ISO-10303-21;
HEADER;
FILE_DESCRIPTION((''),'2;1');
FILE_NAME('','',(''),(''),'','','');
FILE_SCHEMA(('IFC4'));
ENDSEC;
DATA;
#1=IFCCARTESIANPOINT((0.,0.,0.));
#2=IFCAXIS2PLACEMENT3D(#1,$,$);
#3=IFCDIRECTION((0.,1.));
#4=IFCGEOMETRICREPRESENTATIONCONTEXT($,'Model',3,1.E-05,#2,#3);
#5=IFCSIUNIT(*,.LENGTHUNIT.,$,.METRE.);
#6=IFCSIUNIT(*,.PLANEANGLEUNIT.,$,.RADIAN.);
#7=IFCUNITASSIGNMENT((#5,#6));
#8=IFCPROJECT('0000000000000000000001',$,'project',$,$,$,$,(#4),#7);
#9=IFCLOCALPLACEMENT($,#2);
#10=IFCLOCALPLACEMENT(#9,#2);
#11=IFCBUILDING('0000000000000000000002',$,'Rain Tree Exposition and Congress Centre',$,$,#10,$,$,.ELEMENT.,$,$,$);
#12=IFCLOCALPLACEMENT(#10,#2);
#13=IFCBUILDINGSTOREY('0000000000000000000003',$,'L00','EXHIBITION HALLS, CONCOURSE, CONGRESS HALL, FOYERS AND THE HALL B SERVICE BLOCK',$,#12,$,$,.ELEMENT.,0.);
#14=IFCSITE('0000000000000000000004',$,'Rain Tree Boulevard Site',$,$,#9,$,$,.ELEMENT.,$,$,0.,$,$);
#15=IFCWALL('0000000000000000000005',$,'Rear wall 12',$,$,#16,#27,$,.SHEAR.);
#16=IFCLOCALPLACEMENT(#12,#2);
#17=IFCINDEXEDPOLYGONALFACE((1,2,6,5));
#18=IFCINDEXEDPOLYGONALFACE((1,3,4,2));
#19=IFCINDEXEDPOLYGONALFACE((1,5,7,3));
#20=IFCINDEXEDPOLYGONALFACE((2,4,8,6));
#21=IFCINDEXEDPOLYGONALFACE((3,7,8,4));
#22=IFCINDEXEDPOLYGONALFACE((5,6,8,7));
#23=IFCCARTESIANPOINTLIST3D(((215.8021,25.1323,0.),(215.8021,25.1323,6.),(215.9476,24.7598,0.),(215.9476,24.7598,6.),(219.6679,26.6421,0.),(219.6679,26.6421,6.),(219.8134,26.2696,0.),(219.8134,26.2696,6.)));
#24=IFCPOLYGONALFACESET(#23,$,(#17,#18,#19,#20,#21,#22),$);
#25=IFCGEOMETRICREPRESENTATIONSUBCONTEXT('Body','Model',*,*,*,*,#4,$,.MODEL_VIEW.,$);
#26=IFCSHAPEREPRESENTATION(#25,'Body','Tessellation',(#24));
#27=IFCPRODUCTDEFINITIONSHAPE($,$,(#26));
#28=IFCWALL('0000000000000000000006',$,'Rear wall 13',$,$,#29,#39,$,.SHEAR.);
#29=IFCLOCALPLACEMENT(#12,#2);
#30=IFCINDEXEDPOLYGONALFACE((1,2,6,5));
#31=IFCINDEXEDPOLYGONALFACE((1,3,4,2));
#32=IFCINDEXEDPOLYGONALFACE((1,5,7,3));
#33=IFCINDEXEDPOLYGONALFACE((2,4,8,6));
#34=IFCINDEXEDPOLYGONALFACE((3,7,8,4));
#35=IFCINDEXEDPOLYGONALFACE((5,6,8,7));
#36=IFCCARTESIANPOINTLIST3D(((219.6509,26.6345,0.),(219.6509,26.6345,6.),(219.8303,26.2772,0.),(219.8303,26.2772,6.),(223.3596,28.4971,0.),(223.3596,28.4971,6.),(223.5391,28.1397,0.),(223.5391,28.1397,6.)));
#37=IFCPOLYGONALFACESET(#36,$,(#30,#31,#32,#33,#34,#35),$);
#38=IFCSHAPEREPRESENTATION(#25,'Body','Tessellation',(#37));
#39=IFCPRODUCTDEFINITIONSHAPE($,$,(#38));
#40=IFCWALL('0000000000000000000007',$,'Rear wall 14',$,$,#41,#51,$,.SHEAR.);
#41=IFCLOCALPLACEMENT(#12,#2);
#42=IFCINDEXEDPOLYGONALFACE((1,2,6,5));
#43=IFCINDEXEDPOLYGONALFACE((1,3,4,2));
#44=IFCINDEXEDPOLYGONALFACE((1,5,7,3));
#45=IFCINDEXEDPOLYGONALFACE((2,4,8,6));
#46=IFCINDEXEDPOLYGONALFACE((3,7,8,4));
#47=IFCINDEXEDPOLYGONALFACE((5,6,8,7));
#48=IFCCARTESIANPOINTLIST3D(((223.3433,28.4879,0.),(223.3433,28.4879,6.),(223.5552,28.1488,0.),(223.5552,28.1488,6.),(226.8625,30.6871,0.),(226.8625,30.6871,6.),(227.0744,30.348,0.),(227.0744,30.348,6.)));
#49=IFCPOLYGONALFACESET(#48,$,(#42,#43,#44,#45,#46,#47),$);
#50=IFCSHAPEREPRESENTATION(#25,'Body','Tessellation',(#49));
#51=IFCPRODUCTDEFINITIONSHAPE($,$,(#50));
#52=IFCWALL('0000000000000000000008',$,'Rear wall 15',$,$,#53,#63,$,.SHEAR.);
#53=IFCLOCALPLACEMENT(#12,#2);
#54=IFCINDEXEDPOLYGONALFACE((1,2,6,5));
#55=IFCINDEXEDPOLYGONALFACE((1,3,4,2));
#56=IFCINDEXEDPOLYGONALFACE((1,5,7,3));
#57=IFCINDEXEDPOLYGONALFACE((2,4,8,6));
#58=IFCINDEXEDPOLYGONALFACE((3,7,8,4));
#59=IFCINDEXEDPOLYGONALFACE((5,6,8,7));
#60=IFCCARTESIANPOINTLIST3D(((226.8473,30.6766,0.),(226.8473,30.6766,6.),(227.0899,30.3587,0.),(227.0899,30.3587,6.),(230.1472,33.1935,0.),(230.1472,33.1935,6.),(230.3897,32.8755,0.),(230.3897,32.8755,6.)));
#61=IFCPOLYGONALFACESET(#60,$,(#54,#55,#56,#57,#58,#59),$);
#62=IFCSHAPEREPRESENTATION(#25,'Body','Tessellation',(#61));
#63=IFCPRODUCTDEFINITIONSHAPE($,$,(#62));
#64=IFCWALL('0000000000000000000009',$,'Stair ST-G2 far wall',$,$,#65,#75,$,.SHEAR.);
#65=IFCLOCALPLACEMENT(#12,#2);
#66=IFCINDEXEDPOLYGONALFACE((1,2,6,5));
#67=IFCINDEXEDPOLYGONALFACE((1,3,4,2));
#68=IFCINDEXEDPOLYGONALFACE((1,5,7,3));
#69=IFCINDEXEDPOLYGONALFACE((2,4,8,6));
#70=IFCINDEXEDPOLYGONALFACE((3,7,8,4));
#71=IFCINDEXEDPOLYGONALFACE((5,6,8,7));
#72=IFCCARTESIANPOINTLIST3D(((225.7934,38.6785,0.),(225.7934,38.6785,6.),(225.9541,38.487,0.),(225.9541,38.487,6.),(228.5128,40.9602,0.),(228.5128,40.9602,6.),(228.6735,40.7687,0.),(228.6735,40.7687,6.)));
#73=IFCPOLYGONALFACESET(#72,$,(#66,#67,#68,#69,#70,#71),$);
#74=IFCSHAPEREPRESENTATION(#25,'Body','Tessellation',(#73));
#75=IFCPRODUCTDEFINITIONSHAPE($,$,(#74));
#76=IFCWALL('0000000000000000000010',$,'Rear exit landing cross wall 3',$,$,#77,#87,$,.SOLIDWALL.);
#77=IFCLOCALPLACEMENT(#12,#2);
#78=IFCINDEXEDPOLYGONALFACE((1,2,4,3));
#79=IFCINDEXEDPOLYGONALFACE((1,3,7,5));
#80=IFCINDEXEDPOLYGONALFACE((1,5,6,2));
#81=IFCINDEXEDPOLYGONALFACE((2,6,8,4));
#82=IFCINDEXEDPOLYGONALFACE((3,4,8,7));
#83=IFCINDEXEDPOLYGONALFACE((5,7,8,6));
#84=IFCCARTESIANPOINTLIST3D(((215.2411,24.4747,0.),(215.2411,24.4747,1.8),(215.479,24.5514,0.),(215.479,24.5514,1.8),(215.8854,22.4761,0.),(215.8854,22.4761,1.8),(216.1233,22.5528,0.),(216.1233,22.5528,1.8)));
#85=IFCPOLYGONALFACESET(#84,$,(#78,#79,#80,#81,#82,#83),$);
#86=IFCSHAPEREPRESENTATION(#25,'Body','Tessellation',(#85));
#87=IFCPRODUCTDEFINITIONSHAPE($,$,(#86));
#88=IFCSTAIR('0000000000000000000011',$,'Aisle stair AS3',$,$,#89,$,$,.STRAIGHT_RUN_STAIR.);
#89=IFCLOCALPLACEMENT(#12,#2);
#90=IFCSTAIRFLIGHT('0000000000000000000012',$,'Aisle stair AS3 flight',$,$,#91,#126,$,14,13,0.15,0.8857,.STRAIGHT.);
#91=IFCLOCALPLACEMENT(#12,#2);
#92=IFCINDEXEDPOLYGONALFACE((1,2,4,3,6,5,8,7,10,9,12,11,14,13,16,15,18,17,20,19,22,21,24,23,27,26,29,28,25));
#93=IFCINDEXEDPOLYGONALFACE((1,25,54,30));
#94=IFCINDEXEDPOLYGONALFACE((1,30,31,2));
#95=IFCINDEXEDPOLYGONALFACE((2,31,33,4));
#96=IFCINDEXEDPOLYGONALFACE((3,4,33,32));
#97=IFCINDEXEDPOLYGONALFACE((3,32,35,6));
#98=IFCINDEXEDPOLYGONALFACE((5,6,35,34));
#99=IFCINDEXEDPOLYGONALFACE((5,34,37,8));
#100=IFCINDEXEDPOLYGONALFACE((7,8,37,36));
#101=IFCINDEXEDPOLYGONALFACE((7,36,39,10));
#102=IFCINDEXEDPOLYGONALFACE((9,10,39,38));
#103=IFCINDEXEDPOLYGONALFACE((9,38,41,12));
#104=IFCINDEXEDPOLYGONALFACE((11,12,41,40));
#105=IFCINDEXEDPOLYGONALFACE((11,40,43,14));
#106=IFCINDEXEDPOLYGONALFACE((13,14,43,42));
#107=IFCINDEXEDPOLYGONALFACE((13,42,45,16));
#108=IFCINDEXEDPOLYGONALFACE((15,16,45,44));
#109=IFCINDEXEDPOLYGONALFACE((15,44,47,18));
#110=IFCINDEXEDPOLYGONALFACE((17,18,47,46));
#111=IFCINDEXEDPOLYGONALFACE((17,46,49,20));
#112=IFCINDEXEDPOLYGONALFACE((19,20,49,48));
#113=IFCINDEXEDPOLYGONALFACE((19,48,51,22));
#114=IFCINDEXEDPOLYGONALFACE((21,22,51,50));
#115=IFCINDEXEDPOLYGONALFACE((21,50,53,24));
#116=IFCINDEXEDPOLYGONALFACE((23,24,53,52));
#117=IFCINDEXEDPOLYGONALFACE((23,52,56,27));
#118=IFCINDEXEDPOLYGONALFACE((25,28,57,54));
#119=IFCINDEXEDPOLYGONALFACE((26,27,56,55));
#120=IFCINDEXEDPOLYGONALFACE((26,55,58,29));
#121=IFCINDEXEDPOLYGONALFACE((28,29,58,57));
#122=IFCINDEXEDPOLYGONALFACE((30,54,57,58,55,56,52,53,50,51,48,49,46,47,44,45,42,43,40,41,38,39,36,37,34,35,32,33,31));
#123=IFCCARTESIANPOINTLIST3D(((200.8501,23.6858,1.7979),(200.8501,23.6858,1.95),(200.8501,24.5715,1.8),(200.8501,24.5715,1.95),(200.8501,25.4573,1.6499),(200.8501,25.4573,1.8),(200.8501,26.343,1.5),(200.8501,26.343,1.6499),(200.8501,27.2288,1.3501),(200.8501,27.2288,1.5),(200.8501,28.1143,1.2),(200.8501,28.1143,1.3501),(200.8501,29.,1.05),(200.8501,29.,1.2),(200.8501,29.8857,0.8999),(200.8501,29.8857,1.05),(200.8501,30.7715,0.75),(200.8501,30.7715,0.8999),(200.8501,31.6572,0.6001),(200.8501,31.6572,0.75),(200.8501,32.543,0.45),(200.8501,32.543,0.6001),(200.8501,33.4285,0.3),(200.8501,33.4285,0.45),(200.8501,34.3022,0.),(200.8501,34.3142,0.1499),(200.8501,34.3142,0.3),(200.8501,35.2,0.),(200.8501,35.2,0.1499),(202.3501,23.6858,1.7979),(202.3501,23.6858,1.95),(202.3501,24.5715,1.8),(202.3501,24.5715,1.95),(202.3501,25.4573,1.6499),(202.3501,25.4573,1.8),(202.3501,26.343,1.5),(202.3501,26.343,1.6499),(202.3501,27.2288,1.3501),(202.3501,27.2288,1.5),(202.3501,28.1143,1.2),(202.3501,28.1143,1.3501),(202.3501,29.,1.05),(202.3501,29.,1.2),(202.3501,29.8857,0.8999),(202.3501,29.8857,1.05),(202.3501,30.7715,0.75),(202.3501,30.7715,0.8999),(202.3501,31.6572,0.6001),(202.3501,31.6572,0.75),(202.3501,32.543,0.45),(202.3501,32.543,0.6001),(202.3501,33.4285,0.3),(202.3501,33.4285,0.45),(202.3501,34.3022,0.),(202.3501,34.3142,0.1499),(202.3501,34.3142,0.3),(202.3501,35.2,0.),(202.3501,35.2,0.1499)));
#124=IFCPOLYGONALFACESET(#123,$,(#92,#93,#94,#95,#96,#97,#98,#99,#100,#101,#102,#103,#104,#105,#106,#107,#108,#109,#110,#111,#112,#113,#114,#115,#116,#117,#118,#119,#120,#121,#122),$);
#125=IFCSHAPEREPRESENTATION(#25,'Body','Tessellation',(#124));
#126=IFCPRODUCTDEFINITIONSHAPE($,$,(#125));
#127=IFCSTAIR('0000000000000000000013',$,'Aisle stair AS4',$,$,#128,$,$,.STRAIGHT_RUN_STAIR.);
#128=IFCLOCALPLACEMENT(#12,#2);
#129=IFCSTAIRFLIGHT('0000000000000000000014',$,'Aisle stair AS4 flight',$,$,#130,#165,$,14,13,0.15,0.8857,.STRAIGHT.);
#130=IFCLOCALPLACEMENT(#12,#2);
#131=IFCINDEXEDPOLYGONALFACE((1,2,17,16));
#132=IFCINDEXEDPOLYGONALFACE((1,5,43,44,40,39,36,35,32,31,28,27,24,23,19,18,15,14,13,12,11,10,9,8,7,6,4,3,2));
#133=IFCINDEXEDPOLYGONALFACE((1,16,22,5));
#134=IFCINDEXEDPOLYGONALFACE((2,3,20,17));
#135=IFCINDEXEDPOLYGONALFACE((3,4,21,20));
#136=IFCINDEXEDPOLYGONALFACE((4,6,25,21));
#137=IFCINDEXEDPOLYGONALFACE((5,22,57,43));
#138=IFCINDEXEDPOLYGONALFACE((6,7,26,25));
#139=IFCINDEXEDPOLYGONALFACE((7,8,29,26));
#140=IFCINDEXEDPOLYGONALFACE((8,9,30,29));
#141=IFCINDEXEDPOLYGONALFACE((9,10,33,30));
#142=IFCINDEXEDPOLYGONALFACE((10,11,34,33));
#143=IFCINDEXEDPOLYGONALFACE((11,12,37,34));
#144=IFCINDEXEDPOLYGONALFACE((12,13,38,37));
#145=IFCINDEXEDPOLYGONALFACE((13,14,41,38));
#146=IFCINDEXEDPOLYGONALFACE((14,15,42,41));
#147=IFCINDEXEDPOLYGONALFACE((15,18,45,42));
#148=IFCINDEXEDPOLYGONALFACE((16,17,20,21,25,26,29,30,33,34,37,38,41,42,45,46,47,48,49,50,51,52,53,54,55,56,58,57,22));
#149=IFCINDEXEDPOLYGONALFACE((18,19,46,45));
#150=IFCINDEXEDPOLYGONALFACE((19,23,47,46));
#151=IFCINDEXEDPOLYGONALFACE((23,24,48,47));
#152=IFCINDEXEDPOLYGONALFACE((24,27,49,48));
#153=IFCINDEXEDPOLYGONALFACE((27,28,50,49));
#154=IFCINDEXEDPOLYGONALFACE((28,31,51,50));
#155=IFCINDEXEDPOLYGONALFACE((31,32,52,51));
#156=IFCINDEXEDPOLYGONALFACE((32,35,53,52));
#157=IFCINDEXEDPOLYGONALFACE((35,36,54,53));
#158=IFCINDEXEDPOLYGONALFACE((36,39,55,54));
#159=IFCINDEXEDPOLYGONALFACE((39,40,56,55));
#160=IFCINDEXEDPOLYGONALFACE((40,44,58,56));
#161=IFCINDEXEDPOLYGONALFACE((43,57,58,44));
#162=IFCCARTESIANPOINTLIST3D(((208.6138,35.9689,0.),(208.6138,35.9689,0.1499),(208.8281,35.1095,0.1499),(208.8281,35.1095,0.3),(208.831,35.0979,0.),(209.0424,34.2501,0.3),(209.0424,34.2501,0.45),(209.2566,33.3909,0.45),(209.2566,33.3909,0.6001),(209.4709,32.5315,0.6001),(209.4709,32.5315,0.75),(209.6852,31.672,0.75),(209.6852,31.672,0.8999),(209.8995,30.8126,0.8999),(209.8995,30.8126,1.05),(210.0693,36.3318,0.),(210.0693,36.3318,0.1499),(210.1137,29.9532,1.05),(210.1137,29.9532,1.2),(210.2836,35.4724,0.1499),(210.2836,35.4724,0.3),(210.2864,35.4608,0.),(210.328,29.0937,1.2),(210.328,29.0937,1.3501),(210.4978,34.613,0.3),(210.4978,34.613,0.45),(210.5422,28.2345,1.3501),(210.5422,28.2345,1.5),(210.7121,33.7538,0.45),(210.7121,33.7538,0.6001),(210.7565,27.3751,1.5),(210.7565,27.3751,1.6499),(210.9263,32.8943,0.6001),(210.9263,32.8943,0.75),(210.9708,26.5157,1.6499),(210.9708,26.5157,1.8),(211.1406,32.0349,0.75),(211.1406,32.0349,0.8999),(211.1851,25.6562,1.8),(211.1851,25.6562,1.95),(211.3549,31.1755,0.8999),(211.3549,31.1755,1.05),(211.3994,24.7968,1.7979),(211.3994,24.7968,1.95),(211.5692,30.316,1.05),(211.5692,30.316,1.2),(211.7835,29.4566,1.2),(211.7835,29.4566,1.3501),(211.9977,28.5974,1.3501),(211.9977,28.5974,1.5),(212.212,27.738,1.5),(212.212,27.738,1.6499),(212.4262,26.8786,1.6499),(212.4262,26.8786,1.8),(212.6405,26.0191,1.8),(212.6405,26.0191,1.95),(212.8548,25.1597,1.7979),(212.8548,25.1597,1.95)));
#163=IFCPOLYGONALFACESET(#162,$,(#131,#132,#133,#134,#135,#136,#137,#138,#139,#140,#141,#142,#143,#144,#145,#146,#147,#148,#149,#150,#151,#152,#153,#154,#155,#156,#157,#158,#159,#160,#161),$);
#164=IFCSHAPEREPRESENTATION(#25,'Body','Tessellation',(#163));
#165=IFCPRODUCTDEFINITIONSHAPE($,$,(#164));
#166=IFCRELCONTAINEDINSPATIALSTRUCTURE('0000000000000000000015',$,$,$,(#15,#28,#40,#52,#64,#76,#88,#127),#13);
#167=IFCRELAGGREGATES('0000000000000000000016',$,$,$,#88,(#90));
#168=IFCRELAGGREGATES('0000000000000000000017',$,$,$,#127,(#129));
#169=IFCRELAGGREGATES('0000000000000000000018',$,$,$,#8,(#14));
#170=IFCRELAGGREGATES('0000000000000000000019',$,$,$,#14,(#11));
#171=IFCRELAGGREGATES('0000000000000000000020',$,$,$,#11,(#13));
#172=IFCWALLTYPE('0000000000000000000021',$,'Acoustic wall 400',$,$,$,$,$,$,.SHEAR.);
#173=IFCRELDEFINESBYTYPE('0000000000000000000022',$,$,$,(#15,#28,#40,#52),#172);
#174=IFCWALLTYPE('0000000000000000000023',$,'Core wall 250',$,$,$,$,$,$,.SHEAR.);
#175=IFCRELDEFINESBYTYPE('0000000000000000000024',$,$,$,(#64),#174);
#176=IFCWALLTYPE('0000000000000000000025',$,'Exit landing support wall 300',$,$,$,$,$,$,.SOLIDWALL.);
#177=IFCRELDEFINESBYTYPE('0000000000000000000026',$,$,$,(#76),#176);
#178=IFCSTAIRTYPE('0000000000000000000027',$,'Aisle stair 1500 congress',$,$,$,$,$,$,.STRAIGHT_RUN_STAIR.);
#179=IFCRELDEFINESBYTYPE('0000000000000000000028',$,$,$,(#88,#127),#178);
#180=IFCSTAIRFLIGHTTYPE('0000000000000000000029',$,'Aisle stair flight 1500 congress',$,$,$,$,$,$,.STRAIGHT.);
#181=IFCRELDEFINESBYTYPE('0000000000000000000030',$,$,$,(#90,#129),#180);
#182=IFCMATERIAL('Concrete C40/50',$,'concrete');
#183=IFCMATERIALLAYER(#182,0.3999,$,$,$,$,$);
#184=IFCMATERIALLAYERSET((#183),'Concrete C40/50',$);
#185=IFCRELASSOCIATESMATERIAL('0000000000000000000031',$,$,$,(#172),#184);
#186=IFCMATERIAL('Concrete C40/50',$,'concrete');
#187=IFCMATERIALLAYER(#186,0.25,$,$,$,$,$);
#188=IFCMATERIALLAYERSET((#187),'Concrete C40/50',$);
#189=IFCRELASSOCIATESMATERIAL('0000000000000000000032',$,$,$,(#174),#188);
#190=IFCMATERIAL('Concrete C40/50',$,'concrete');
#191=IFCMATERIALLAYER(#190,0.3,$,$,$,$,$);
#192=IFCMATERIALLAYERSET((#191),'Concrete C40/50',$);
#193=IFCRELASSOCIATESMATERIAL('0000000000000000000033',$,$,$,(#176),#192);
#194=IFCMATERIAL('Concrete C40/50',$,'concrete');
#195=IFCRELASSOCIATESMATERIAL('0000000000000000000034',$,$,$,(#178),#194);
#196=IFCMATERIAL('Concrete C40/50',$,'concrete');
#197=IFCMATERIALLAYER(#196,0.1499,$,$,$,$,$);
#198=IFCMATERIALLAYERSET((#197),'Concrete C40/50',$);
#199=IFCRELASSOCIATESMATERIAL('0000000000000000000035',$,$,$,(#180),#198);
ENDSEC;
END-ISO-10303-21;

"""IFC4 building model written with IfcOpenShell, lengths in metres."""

from ifc_helpers import new_model, si_unit, direction, frame, frame_2d, origin, place, context, subcontext, project, spatial, polyline, rectangle, outline, extrude, material, layer, layer_set, type_object, element, aggregate, save


model = new_model("IFC4")

# Units and contexts
model_context = context("Model", 3, precision=1e-05, world=origin(), true_north=direction((0.0, 1.0)))
body_context = subcontext(model_context, "Body", "Model", "MODEL_VIEW")
ifc_project = project(units=[si_unit("LENGTHUNIT", "METRE"), si_unit("PLANEANGLEUNIT", "RADIAN")], contexts=[model_context])

# Site, building, storey
site_placement = place(None, origin())
site = spatial("IfcSite", under=ifc_project, at=site_placement, Name="Rain Tree Boulevard Site", CompositionType="ELEMENT", RefElevation=0.0)
building_placement = place(site_placement, origin())
building = spatial("IfcBuilding", under=site, at=building_placement, Name="Rain Tree Exposition and Congress Centre", CompositionType="ELEMENT")
storey_placement = place(building_placement, origin())
storey = spatial("IfcBuildingStorey", under=building, at=storey_placement, Name="L00", Description="EXHIBITION HALLS, CONCOURSE, CONGRESS HALL, FOYERS AND THE HALL B SERVICE BLOCK", CompositionType="ELEMENT", Elevation=0.0)

# Walls
ifc_material_1 = material(Name="Concrete C40/50", Category="concrete")
ifc_layer_1 = layer(ifc_material_1, 0.3999)
ifc_layer_set_1 = layer_set([ifc_layer_1], Name="Concrete C40/50")
wall_type_1 = type_object("IfcWallType", Name="Acoustic wall 400", PredefinedType="SHEAR", material=ifc_layer_set_1)
for number, where, z_axis, x_axis, name in (
    (1, (215.8748, 24.946, 0.0), (0.0, 0.0, 1.0), (0.93148, 0.363792, 0.0), "Rear wall 12"),
    (2, (219.7405, 26.4558, 0.0), (0.0, 0.0, 1.0), (0.893638, 0.448789, 0.0), "Rear wall 13"),
):
    element("IfcWall", number, at=place(storey_placement, frame(where, z_axis=z_axis, x_axis=x_axis)), inside=storey, type_object=wall_type_1, Name=name, PredefinedType="SHEAR", context=body_context, shape_type="SweptSolid", body=[
        extrude(rectangle(XDim=4.1501, YDim=0.3999, at=frame_2d((2.0752, 0.0))), origin(), (0.0, 0.0, 1.0), 6.0),
    ])
wall_1_placement = place(storey_placement, frame((223.4492, 28.3184, 0.0), z_axis=(0.0, 0.0, 1.0), x_axis=(0.848035, 0.529941, 0.0)))
element("IfcWall", 3, at=wall_1_placement, inside=storey, type_object=wall_type_1, Name="Rear wall 14", PredefinedType="SHEAR", context=body_context, shape_type="SweptSolid", body=[
    extrude(rectangle(XDim=4.1499, YDim=0.3999, at=frame_2d((2.075, 0.0))), origin(), (0.0, 0.0, 1.0), 6.0),
])
wall_2_placement = place(storey_placement, frame((226.9685, 30.5176, 0.0), z_axis=(0.0, 0.0, 1.0), x_axis=(0.795117, 0.606456, 0.0)))
element("IfcWall", 4, at=wall_2_placement, inside=storey, type_object=wall_type_1, Name="Rear wall 15", PredefinedType="SHEAR", context=body_context, shape_type="SweptSolid", body=[
    extrude(rectangle(XDim=4.1501, YDim=0.3999, at=frame_2d((2.0752, 0.0))), origin(), (0.0, 0.0, 1.0), 6.0),
])
ifc_material_2 = material(Name="Concrete C40/50", Category="concrete")
ifc_layer_2 = layer(ifc_material_2, 0.25)
ifc_layer_set_2 = layer_set([ifc_layer_2], Name="Concrete C40/50")
wall_type_2 = type_object("IfcWallType", Name="Core wall 250", PredefinedType="SHEAR", material=ifc_layer_set_2)
wall_3_placement = place(storey_placement, frame((225.8738, 38.5828, 0.0), z_axis=(0.0, 0.0, 1.0), x_axis=(0.766069, 0.642758, 0.0)))
element("IfcWall", 5, at=wall_3_placement, inside=storey, type_object=wall_type_2, Name="Stair ST-G2 far wall", PredefinedType="SHEAR", context=body_context, shape_type="SweptSolid", body=[
    extrude(rectangle(XDim=3.5498, YDim=0.25, at=frame_2d((1.7749, 0.0))), origin(), (0.0, 0.0, 1.0), 6.0),
])
ifc_material_3 = material(Name="Concrete C40/50", Category="concrete")
ifc_layer_3 = layer(ifc_material_3, 0.3)
ifc_layer_set_3 = layer_set([ifc_layer_3], Name="Concrete C40/50")
wall_type_3 = type_object("IfcWallType", Name="Exit landing support wall 300", PredefinedType="SOLIDWALL", material=ifc_layer_set_3)
wall_4_placement = place(storey_placement, frame((215.3601, 24.5129, 0.0), z_axis=(0.0, 0.0, 1.0), x_axis=(0.30683, -0.951764, 0.0)))
element("IfcWall", 6, at=wall_4_placement, inside=storey, type_object=wall_type_3, Name="Rear exit landing cross wall 3", PredefinedType="SOLIDWALL", context=body_context, shape_type="SweptSolid", body=[
    extrude(rectangle(XDim=2.0999, YDim=0.25, at=frame_2d((1.0498, 0.0))), origin(), (0.0, 0.0, 1.0), 1.8),
])

# Stairs, stair flights
ifc_material_4 = material(Name="Concrete C40/50", Category="concrete")
stair_type_1 = type_object("IfcStairType", Name="Aisle stair 1500 congress", PredefinedType="STRAIGHT_RUN_STAIR", material=ifc_material_4)
stair_1_placement = place(storey_placement, origin())
stair_1 = element("IfcStair", 7, at=stair_1_placement, inside=storey, type_object=stair_type_1, Name="Aisle stair AS3", PredefinedType="STRAIGHT_RUN_STAIR")
ifc_material_5 = material(Name="Concrete C40/50", Category="concrete")
ifc_layer_4 = layer(ifc_material_5, 0.1499)
ifc_layer_set_4 = layer_set([ifc_layer_4], Name="Concrete C40/50")
stair_flight_type_1 = type_object("IfcStairFlightType", Name="Aisle stair flight 1500 congress", PredefinedType="STRAIGHT", material=ifc_layer_set_4)
stair_flight_1_placement = place(storey_placement, frame((201.6001, 35.2, 0.0), z_axis=(0.0, 0.0, 1.0), x_axis=(0.0, -1.0, 0.0)))
stair_flight_1 = element("IfcStairFlight", 8, at=stair_flight_1_placement, type_object=stair_flight_type_1, Name="Aisle stair AS3 flight", NumberOfRisers=14, NumberOfTreads=13, PredefinedType="STRAIGHT", RiserHeight=0.15, TreadLength=0.8857, context=body_context, shape_type="SweptSolid", body=[
    extrude(outline(polyline([(0.0, 0.0), (0.0, 0.1499), (0.8857, 0.1499), (0.8857, 0.3), (1.7715, 0.3), (1.7715, 0.45), (2.657, 0.45), (2.657, 0.6001), (3.5427, 0.6001), (3.5427, 0.75), (4.4285, 0.75), (4.4285, 0.8999), (5.3142, 0.8999), (5.3142, 1.05), (6.2, 1.05), (6.2, 1.2), (7.0857, 1.2), (7.0857, 1.3501), (7.9712, 1.3501), (7.9712, 1.5), (8.8569, 1.5), (8.8569, 1.6499), (9.7427, 1.6499), (9.7427, 1.8), (10.6284, 1.8), (10.6284, 1.95), (11.5142, 1.95), (11.5142, 2.1001), (11.5142, 1.7979), (0.8977, 0.0), (0.0, 0.0)])), frame((0.0, 0.75, 0.0), z_axis=(0.0, -1.0, 0.0), x_axis=(1.0, 0.0, 0.0)), (0.0, 0.0, 1.0), 1.5),
])
aggregate(stair_1, [stair_flight_1])
stair_2_placement = place(storey_placement, origin())
stair_2 = element("IfcStair", 9, at=stair_2_placement, inside=storey, type_object=stair_type_1, Name="Aisle stair AS4", PredefinedType="STRAIGHT_RUN_STAIR")
stair_flight_2_placement = place(storey_placement, frame((209.3416, 36.1504, 0.0), z_axis=(0.0, 0.0, 1.0), x_axis=(0.241922, -0.970296, 0.0)))
stair_flight_2 = element("IfcStairFlight", 10, at=stair_flight_2_placement, type_object=stair_flight_type_1, Name="Aisle stair AS4 flight", NumberOfRisers=14, NumberOfTreads=13, PredefinedType="STRAIGHT", RiserHeight=0.15, TreadLength=0.8857, context=body_context, shape_type="SweptSolid", body=[
    extrude(outline(polyline([(0.0, 0.0), (0.0, 0.1499), (0.8857, 0.1499), (0.8857, 0.3), (1.7715, 0.3), (1.7715, 0.45), (2.657, 0.45), (2.657, 0.6001), (3.5427, 0.6001), (3.5427, 0.75), (4.4285, 0.75), (4.4285, 0.8999), (5.3142, 0.8999), (5.3142, 1.05), (6.2, 1.05), (6.2, 1.2), (7.0857, 1.2), (7.0857, 1.3501), (7.9712, 1.3501), (7.9712, 1.5), (8.8569, 1.5), (8.8569, 1.6499), (9.7427, 1.6499), (9.7427, 1.8), (10.6284, 1.8), (10.6284, 1.95), (11.5142, 1.95), (11.5142, 2.1001), (11.5142, 1.7979), (0.8977, 0.0), (0.0, 0.0)])), frame((0.0, 0.75, 0.0), z_axis=(0.0, -1.0, 0.0), x_axis=(1.0, 0.0, 0.0)), (0.0, 0.0, 1.0), 1.5),
])
aggregate(stair_2, [stair_flight_2])

save(model, "model.ifc")
